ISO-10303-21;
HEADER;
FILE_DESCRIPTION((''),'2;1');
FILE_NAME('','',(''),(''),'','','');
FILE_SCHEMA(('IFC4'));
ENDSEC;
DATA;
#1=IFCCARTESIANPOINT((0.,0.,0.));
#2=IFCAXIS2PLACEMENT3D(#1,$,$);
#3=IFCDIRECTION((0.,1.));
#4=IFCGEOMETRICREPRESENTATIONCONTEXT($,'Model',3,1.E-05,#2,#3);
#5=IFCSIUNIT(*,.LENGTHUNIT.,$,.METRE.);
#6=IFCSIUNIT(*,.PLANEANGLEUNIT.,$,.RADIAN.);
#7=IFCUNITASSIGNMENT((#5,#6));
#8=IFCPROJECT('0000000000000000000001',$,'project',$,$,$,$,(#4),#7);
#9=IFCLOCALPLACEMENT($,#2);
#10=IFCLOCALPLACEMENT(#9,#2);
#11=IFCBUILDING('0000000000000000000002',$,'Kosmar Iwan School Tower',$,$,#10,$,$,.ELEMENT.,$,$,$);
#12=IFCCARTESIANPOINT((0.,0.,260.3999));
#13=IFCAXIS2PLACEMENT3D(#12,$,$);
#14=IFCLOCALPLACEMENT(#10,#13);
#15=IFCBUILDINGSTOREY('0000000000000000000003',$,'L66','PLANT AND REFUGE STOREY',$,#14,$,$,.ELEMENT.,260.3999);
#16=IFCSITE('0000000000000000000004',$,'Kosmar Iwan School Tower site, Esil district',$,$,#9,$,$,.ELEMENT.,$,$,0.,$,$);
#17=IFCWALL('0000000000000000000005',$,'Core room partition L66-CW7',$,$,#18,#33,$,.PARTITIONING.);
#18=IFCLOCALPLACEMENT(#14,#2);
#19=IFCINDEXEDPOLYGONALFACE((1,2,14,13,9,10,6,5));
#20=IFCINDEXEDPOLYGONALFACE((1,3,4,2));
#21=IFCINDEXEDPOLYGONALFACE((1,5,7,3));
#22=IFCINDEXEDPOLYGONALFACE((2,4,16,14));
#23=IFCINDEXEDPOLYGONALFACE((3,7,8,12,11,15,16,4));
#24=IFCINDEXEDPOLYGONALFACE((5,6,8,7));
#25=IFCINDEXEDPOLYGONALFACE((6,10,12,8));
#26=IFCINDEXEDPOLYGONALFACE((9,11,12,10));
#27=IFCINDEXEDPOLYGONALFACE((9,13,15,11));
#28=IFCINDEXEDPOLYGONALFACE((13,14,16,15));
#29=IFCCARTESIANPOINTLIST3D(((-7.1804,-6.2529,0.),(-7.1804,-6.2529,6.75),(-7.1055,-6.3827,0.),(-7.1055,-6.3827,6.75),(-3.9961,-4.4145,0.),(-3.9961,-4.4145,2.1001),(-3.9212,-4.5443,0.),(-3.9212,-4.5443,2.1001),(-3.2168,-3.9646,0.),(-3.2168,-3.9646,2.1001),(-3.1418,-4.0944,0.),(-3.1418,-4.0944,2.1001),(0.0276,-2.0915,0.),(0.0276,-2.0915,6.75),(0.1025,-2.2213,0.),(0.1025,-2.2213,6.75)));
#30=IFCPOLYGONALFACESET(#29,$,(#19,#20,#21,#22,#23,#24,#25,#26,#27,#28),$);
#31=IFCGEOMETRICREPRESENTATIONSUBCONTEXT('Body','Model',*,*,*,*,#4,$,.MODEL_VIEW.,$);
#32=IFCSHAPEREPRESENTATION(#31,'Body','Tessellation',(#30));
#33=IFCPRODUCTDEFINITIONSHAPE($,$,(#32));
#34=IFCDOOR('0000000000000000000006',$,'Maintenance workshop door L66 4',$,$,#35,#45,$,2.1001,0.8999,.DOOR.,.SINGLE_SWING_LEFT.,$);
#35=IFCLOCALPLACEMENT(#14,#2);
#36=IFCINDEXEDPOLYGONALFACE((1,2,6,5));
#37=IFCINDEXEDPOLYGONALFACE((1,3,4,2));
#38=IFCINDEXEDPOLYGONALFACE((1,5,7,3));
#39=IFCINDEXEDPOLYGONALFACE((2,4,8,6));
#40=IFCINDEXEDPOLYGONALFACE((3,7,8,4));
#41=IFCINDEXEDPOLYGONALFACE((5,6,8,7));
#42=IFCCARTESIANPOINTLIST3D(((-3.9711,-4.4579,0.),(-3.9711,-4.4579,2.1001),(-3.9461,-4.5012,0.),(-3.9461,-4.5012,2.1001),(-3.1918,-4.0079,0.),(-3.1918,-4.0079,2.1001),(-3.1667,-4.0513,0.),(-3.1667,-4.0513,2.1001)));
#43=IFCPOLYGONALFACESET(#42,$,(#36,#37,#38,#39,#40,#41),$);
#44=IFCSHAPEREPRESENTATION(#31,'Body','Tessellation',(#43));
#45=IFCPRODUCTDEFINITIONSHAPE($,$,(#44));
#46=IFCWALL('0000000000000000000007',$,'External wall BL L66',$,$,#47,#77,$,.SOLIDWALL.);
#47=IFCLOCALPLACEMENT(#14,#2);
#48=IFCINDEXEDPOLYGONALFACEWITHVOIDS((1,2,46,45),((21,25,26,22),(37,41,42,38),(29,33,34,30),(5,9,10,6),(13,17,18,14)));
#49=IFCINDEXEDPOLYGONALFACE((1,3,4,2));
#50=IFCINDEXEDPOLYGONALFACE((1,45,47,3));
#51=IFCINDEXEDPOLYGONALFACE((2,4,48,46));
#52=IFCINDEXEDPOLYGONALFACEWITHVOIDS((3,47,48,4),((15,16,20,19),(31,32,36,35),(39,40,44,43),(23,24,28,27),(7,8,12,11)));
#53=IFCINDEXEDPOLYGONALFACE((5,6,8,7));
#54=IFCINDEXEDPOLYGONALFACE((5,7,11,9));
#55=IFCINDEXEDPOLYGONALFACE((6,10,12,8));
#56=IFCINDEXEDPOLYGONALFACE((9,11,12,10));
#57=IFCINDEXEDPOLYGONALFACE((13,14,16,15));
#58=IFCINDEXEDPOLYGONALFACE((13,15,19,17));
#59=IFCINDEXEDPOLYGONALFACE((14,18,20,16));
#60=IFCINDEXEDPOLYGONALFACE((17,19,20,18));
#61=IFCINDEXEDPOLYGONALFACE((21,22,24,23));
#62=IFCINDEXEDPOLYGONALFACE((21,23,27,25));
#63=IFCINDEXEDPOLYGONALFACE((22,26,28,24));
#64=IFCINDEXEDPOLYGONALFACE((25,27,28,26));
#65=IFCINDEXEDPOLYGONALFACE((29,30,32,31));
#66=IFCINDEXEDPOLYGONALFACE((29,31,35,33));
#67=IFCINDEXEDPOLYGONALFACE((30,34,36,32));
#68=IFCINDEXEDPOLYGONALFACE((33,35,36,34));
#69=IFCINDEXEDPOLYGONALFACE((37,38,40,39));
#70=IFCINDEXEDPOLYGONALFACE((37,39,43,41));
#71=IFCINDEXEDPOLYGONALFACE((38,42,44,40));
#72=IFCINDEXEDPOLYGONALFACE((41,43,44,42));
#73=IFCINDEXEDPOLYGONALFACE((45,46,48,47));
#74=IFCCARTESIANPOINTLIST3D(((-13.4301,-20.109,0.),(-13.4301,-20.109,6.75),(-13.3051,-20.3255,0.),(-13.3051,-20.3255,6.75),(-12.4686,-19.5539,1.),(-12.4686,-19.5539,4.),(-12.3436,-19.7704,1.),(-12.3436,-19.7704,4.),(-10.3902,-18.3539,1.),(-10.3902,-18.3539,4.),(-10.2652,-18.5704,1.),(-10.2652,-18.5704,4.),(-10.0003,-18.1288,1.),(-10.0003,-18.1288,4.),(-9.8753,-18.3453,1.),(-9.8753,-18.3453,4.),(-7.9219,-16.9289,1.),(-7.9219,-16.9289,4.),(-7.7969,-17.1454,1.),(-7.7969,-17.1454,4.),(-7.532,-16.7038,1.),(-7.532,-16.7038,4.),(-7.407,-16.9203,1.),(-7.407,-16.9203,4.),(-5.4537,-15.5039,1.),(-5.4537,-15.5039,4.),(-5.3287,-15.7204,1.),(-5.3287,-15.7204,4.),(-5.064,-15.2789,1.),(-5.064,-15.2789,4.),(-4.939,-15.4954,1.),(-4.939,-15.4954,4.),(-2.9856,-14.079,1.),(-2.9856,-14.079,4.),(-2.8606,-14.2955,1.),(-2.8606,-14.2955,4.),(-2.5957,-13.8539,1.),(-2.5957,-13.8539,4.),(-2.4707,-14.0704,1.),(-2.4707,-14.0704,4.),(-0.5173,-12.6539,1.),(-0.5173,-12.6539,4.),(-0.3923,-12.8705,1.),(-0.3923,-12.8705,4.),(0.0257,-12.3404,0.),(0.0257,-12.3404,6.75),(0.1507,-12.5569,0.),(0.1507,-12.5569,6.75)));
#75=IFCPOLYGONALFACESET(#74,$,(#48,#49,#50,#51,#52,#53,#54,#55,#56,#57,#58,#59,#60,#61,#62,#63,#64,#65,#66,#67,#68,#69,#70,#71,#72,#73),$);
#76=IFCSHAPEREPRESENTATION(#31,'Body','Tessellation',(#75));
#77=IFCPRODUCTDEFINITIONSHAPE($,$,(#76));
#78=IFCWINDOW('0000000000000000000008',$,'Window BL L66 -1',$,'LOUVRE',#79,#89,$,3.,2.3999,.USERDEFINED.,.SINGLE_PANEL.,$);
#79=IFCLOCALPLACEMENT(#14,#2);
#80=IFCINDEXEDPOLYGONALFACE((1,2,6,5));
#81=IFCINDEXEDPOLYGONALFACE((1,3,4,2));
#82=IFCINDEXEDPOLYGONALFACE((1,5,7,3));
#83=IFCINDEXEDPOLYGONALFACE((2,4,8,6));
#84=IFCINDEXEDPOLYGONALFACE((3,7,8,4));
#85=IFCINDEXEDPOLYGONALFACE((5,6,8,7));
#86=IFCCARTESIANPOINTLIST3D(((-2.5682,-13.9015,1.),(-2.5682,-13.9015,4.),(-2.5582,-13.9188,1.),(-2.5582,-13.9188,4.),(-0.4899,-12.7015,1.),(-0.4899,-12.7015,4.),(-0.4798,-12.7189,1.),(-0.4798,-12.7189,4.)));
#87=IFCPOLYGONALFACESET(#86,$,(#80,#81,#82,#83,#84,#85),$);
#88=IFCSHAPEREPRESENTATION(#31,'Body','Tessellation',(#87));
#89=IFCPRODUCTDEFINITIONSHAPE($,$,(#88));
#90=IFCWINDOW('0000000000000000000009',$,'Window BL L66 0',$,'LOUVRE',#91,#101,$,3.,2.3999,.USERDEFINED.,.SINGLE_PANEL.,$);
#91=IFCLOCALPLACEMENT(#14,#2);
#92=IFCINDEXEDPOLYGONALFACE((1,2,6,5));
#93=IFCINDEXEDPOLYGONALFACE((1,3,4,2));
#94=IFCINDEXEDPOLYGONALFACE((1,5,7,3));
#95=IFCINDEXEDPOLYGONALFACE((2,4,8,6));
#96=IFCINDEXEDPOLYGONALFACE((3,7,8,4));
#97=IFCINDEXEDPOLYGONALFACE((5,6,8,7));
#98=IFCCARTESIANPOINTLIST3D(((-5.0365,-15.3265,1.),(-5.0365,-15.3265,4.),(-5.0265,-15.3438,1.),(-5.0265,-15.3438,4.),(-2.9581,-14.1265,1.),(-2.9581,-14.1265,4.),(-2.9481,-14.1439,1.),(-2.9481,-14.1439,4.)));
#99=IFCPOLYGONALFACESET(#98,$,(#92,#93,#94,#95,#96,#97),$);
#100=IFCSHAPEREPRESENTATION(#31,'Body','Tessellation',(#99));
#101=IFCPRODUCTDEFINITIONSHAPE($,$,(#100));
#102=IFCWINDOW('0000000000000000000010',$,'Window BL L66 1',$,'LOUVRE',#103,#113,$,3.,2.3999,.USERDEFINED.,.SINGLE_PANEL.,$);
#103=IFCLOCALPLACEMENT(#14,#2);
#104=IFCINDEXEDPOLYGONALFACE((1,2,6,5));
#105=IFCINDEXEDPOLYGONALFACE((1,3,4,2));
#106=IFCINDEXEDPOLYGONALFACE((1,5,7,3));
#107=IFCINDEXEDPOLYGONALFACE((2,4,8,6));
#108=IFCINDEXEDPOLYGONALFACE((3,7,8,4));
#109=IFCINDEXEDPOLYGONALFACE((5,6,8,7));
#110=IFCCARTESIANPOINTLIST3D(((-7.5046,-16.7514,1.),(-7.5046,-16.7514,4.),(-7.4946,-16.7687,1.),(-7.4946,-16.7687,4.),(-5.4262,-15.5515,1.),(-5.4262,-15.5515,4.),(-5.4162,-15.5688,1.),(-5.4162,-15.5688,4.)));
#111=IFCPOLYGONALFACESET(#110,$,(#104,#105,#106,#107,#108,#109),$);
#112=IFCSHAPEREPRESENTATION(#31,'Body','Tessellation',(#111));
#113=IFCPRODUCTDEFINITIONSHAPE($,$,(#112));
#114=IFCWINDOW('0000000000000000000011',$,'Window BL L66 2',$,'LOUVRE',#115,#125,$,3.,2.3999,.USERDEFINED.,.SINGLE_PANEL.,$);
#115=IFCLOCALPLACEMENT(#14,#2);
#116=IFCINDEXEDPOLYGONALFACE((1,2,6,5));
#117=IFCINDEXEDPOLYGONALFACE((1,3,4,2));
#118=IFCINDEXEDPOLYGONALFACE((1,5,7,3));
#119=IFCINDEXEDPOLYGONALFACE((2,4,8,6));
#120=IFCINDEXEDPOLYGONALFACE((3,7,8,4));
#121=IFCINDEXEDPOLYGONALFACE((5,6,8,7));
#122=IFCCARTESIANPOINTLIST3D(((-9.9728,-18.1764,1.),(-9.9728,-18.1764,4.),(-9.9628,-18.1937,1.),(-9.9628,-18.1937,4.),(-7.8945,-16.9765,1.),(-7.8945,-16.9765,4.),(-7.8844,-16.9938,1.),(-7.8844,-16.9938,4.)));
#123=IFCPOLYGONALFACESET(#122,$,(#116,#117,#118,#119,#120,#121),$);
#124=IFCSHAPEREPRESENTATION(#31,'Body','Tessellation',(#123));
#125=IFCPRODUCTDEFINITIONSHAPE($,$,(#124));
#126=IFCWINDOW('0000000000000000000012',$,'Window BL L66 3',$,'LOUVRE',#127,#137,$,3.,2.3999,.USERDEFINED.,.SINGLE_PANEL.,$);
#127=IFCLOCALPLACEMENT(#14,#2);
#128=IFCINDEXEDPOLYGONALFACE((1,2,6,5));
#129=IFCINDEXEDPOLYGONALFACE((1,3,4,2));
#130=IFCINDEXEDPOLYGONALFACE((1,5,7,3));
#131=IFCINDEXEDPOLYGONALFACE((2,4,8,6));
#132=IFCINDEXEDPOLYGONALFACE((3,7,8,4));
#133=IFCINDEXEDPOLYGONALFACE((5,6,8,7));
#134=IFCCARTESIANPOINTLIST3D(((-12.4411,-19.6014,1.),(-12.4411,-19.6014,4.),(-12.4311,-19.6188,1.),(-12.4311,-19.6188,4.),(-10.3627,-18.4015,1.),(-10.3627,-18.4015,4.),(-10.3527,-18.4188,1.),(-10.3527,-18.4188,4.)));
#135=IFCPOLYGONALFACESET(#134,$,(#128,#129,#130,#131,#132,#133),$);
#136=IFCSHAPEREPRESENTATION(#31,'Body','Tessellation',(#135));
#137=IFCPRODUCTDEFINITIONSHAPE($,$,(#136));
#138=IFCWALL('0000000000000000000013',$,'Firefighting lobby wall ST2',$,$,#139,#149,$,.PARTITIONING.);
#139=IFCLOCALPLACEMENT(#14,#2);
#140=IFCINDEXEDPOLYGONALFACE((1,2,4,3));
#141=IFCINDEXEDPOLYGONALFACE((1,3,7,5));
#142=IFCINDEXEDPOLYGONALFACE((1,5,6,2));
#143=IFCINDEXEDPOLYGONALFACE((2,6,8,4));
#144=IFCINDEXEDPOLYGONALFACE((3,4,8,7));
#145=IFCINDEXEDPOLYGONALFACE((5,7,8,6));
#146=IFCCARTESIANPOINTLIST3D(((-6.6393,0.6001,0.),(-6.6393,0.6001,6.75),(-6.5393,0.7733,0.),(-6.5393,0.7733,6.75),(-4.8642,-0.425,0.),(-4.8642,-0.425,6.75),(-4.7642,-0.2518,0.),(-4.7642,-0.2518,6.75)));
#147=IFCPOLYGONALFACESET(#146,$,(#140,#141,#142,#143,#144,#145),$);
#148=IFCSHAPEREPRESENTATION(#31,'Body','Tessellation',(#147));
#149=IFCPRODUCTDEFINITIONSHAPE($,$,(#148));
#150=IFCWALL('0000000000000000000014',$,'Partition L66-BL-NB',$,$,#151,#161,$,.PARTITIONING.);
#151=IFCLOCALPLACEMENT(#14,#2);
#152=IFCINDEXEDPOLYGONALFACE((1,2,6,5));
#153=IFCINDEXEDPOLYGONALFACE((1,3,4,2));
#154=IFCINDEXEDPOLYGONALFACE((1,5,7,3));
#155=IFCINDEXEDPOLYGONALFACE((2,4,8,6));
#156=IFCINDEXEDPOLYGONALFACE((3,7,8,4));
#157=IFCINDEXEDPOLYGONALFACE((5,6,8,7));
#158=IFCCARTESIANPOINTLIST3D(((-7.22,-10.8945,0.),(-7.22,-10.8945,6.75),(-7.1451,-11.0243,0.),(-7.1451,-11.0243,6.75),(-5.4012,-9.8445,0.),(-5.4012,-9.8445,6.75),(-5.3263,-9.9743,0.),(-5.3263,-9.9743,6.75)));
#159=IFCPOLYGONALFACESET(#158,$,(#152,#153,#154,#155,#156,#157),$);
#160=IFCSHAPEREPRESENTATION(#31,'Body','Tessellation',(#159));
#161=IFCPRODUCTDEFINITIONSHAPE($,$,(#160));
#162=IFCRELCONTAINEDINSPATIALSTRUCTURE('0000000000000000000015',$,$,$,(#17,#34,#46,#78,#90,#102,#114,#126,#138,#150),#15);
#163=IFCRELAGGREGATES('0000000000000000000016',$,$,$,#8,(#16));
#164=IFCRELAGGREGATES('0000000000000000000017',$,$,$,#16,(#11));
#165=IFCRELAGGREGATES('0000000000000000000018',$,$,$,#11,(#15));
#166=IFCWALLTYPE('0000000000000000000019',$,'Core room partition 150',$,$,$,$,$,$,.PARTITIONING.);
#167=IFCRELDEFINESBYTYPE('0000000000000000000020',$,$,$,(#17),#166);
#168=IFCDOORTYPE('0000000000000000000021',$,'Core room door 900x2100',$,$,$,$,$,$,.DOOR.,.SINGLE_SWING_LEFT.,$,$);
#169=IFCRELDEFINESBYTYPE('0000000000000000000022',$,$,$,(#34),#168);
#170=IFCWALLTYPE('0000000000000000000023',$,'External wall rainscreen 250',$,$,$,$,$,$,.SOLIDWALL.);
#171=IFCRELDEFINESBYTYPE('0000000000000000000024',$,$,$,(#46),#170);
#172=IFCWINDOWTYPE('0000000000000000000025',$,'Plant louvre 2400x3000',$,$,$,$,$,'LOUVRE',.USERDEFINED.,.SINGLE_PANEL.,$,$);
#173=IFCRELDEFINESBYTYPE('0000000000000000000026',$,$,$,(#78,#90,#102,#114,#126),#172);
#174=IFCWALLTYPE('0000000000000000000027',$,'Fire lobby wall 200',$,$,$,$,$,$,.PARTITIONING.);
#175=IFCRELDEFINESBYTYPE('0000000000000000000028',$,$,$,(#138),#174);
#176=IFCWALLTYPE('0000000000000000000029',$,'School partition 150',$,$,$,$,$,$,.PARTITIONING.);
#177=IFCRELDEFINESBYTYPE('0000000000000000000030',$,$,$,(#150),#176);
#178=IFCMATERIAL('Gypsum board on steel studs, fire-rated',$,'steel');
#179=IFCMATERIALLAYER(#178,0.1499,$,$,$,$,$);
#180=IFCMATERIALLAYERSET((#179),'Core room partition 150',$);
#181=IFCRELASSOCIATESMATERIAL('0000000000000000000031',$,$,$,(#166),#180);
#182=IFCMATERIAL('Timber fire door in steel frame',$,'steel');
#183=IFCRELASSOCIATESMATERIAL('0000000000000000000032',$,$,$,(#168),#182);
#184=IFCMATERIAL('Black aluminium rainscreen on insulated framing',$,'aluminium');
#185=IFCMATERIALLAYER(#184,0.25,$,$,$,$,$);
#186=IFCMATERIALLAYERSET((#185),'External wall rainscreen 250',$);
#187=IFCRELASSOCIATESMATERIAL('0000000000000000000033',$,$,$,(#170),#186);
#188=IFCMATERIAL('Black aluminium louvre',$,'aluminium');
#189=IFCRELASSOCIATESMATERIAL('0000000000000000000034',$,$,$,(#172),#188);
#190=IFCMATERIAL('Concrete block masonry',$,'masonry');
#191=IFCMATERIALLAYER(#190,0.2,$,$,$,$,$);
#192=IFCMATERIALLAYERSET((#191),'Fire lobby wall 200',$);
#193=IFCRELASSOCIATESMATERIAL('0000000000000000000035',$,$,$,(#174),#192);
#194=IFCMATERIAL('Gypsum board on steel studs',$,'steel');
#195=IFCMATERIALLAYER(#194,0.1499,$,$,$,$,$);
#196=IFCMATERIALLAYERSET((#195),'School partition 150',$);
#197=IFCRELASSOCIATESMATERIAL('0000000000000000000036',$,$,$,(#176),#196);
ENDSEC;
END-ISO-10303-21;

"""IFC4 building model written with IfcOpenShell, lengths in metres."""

from ifc_helpers import new_model, si_unit, direction, frame, frame_2d, origin, place, context, subcontext, project, spatial, rectangle, extrude, material, layer, layer_set, type_object, element, fill, save


model = new_model("IFC4")

# Units and contexts
model_context = context("Model", 3, precision=1e-05, world=origin(), true_north=direction((0.0, 1.0)))
body_context = subcontext(model_context, "Body", "Model", "MODEL_VIEW")
ifc_project = project(units=[si_unit("LENGTHUNIT", "METRE"), si_unit("PLANEANGLEUNIT", "RADIAN")], contexts=[model_context])

# Site, building, storey
site_placement = place(None, origin())
site = spatial("IfcSite", under=ifc_project, at=site_placement, Name="Kosmar Iwan School Tower site, Esil district", CompositionType="ELEMENT", RefElevation=0.0)
building_placement = place(site_placement, origin())
building = spatial("IfcBuilding", under=site, at=building_placement, Name="Kosmar Iwan School Tower", CompositionType="ELEMENT")
storey_placement = place(building_placement, frame((0.0, 0.0, 260.3999)))
storey = spatial("IfcBuildingStorey", under=building, at=storey_placement, Name="L66", Description="PLANT AND REFUGE STOREY", CompositionType="ELEMENT", Elevation=260.3999)

# Shared definitions
ifc_material_1 = material(Name="Gypsum board on steel studs, fire-rated", Category="steel")
ifc_layer_1 = layer(ifc_material_1, 0.1499)
ifc_layer_set_1 = layer_set([ifc_layer_1], Name="Core room partition 150")
wall_type_1 = type_object("IfcWallType", Name="Core room partition 150", PredefinedType="PARTITIONING", material=ifc_layer_set_1)

# Wall, opening, door
ifc_material_2 = material(Name="Timber fire door in steel frame", Category="steel")
door_type = type_object("IfcDoorType", Name="Core room door 900x2100", OperationType="SINGLE_SWING_LEFT", PredefinedType="DOOR", material=ifc_material_2)
wall_1_placement = place(storey_placement, frame((-7.1431, -6.3179, 0.0), z_axis=(0.0, 0.0, 1.0), x_axis=(0.866034, 0.499985, 0.0)))
wall_1 = element("IfcWall", 1, at=wall_1_placement, inside=storey, type_object=wall_type_1, Name="Core room partition L66-CW7", PredefinedType="PARTITIONING", context=body_context, shape_type="SweptSolid", body=[
    extrude(rectangle(XDim=8.323, YDim=0.1499, at=frame_2d((4.1616, 0.0))), origin(), (0.0, 0.0, 1.0), 6.75),
])
opening_1_placement = place(wall_1_placement, frame((3.677, 0.0, 0.0)))
opening_1 = element("IfcOpeningElement", 2, at=opening_1_placement, cuts=wall_1, PredefinedType="OPENING", context=body_context, shape_type="SweptSolid", body=[
    extrude(rectangle(XDim=0.8999, YDim=2.1001, at=frame_2d((0.45, 1.05))), frame((0.0, 0.0869, 0.0), z_axis=(0.0, -1.0, 0.0), x_axis=(1.0, 0.0, 0.0)), (0.0, 0.0, 1.0), 0.1738),
])
door_1_placement = place(opening_1_placement, origin())
door_1 = element("IfcDoor", 3, at=door_1_placement, inside=storey, type_object=door_type, Name="Maintenance workshop door L66 4", OperationType="SINGLE_SWING_LEFT", OverallHeight=2.1001, OverallWidth=0.8999, PredefinedType="DOOR", context=body_context, shape_type="SweptSolid", body=[
    extrude(rectangle(XDim=0.8999, YDim=2.1001, at=frame_2d((0.45, 1.05))), frame((0.0, 0.0249, 0.0), z_axis=(0.0, -1.0, 0.0), x_axis=(1.0, 0.0, 0.0)), (0.0, 0.0, 1.0), 0.05),
])
fill(opening_1, door_1)

# Wall, openings, windows
ifc_material_3 = material(Name="Black aluminium rainscreen on insulated framing", Category="aluminium")
ifc_layer_2 = layer(ifc_material_3, 0.25)
ifc_layer_set_2 = layer_set([ifc_layer_2], Name="External wall rainscreen 250")
wall_type_2 = type_object("IfcWallType", Name="External wall rainscreen 250", PredefinedType="SOLIDWALL", material=ifc_layer_set_2)
wall_2_placement = place(storey_placement, frame((0.0881, -12.4487, 0.0), z_axis=(0.0, 0.0, 1.0), x_axis=(-0.86603, -0.499992, 0.0)))
wall_2 = element("IfcWall", 4, at=wall_2_placement, inside=storey, type_object=wall_type_2, Name="External wall BL L66", PredefinedType="SOLIDWALL", context=body_context, shape_type="SweptSolid", body=[
    extrude(rectangle(XDim=15.5374, YDim=0.25, at=frame_2d((7.7686, 0.0))), origin(), (0.0, 0.0, 1.0), 6.75),
])
opening_2_placement = place(wall_2_placement, frame((0.627, 0.0, 1.0)))
opening_2 = element("IfcOpeningElement", 5, at=opening_2_placement, cuts=wall_2, PredefinedType="OPENING", context=body_context, shape_type="SweptSolid", body=[
    extrude(rectangle(XDim=2.3999, YDim=3.0, at=frame_2d((1.2, 1.5))), frame((0.0, 0.137, 0.0), z_axis=(0.0, -1.0, 0.0), x_axis=(1.0, 0.0, 0.0)), (0.0, 0.0, 1.0), 0.2739),
])
opening_3_placement = place(wall_2_placement, frame((3.4771, 0.0, 1.0)))
opening_3 = element("IfcOpeningElement", 6, at=opening_3_placement, cuts=wall_2, PredefinedType="OPENING", context=body_context, shape_type="SweptSolid", body=[
    extrude(rectangle(XDim=2.3999, YDim=3.0, at=frame_2d((1.2, 1.5))), frame((0.0, 0.137, 0.0), z_axis=(0.0, -1.0, 0.0), x_axis=(1.0, 0.0, 0.0)), (0.0, 0.0, 1.0), 0.2739),
])
opening_4_placement = place(wall_2_placement, frame((6.3269, 0.0, 1.0)))
opening_4 = element("IfcOpeningElement", 7, at=opening_4_placement, cuts=wall_2, PredefinedType="OPENING", context=body_context, shape_type="SweptSolid", body=[
    extrude(rectangle(XDim=2.3999, YDim=3.0, at=frame_2d((1.2, 1.5))), frame((0.0, 0.137, 0.0), z_axis=(0.0, -1.0, 0.0), x_axis=(1.0, 0.0, 0.0)), (0.0, 0.0, 1.0), 0.2739),
])
opening_5_placement = place(wall_2_placement, frame((9.177, 0.0, 1.0)))
opening_5 = element("IfcOpeningElement", 8, at=opening_5_placement, cuts=wall_2, PredefinedType="OPENING", context=body_context, shape_type="SweptSolid", body=[
    extrude(rectangle(XDim=2.3999, YDim=3.0, at=frame_2d((1.2, 1.5))), frame((0.0, 0.137, 0.0), z_axis=(0.0, -1.0, 0.0), x_axis=(1.0, 0.0, 0.0)), (0.0, 0.0, 1.0), 0.2739),
])
opening_6_placement = place(wall_2_placement, frame((12.0271, 0.0, 1.0)))
opening_6 = element("IfcOpeningElement", 9, at=opening_6_placement, cuts=wall_2, PredefinedType="OPENING", context=body_context, shape_type="SweptSolid", body=[
    extrude(rectangle(XDim=2.3999, YDim=3.0, at=frame_2d((1.2, 1.5))), frame((0.0, 0.137, 0.0), z_axis=(0.0, -1.0, 0.0), x_axis=(1.0, 0.0, 0.0)), (0.0, 0.0, 1.0), 0.2739),
])
ifc_material_4 = material(Name="Black aluminium louvre", Category="aluminium")
window_type = type_object("IfcWindowType", Name="Plant louvre 2400x3000", ElementType="LOUVRE", PartitioningType="SINGLE_PANEL", PredefinedType="USERDEFINED", material=ifc_material_4)
window_1_placement = place(opening_2_placement, origin())
window_1 = element("IfcWindow", 10, at=window_1_placement, inside=storey, type_object=window_type, Name="Window BL L66 -1", ObjectType="LOUVRE", OverallHeight=3.0, OverallWidth=2.3999, PartitioningType="SINGLE_PANEL", PredefinedType="USERDEFINED", context=body_context, shape_type="SweptSolid", body=[
    extrude(rectangle(XDim=2.3999, YDim=3.0, at=frame_2d((1.2, 1.5))), frame((0.0, -0.05, 0.0), z_axis=(0.0, -1.0, 0.0), x_axis=(1.0, 0.0, 0.0)), (0.0, 0.0, 1.0), 0.02),
])
fill(opening_2, window_1)
window_2_placement = place(opening_3_placement, origin())
window_2 = element("IfcWindow", 11, at=window_2_placement, inside=storey, type_object=window_type, Name="Window BL L66 0", ObjectType="LOUVRE", OverallHeight=3.0, OverallWidth=2.3999, PartitioningType="SINGLE_PANEL", PredefinedType="USERDEFINED", context=body_context, shape_type="SweptSolid", body=[
    extrude(rectangle(XDim=2.3999, YDim=3.0, at=frame_2d((1.2, 1.5))), frame((0.0, -0.05, 0.0), z_axis=(0.0, -1.0, 0.0), x_axis=(1.0, 0.0, 0.0)), (0.0, 0.0, 1.0), 0.02),
])
fill(opening_3, window_2)
window_3_placement = place(opening_4_placement, origin())
window_3 = element("IfcWindow", 12, at=window_3_placement, inside=storey, type_object=window_type, Name="Window BL L66 1", ObjectType="LOUVRE", OverallHeight=3.0, OverallWidth=2.3999, PartitioningType="SINGLE_PANEL", PredefinedType="USERDEFINED", context=body_context, shape_type="SweptSolid", body=[
    extrude(rectangle(XDim=2.3999, YDim=3.0, at=frame_2d((1.2, 1.5))), frame((0.0, -0.05, 0.0), z_axis=(0.0, -1.0, 0.0), x_axis=(1.0, 0.0, 0.0)), (0.0, 0.0, 1.0), 0.02),
])
fill(opening_4, window_3)
window_4_placement = place(opening_5_placement, origin())
window_4 = element("IfcWindow", 13, at=window_4_placement, inside=storey, type_object=window_type, Name="Window BL L66 2", ObjectType="LOUVRE", OverallHeight=3.0, OverallWidth=2.3999, PartitioningType="SINGLE_PANEL", PredefinedType="USERDEFINED", context=body_context, shape_type="SweptSolid", body=[
    extrude(rectangle(XDim=2.3999, YDim=3.0, at=frame_2d((1.2, 1.5))), frame((0.0, -0.05, 0.0), z_axis=(0.0, -1.0, 0.0), x_axis=(1.0, 0.0, 0.0)), (0.0, 0.0, 1.0), 0.02),
])
fill(opening_5, window_4)
window_5_placement = place(opening_6_placement, origin())
window_5 = element("IfcWindow", 14, at=window_5_placement, inside=storey, type_object=window_type, Name="Window BL L66 3", ObjectType="LOUVRE", OverallHeight=3.0, OverallWidth=2.3999, PartitioningType="SINGLE_PANEL", PredefinedType="USERDEFINED", context=body_context, shape_type="SweptSolid", body=[
    extrude(rectangle(XDim=2.3999, YDim=3.0, at=frame_2d((1.2, 1.5))), frame((0.0, -0.05, 0.0), z_axis=(0.0, -1.0, 0.0), x_axis=(1.0, 0.0, 0.0)), (0.0, 0.0, 1.0), 0.02),
])
fill(opening_6, window_5)

# Walls
ifc_material_5 = material(Name="Concrete block masonry", Category="masonry")
ifc_layer_3 = layer(ifc_material_5, 0.2)
ifc_layer_set_3 = layer_set([ifc_layer_3], Name="Fire lobby wall 200")
wall_type_3 = type_object("IfcWallType", Name="Fire lobby wall 200", PredefinedType="PARTITIONING", material=ifc_layer_set_3)
wall_3_placement = place(storey_placement, frame((-4.8142, -0.3384, 0.0), z_axis=(0.0, 0.0, 1.0), x_axis=(-0.865969, 0.500097, 0.0)))
element("IfcWall", 15, at=wall_3_placement, inside=storey, type_object=wall_type_3, Name="Firefighting lobby wall ST2", PredefinedType="PARTITIONING", context=body_context, shape_type="SweptSolid", body=[
    extrude(rectangle(XDim=2.0498, YDim=0.2, at=frame_2d((1.0249, 0.0))), origin(), (0.0, 0.0, 1.0), 6.75),
])
ifc_material_6 = material(Name="Gypsum board on steel studs", Category="steel")
ifc_layer_4 = layer(ifc_material_6, 0.1499)
ifc_layer_set_4 = layer_set([ifc_layer_4], Name="School partition 150")
wall_type_4 = type_object("IfcWallType", Name="School partition 150", PredefinedType="PARTITIONING", material=ifc_layer_set_4)
wall_4_placement = place(storey_placement, frame((-5.3638, -9.9094, 0.0), z_axis=(0.0, 0.0, 1.0), x_axis=(-0.866038, -0.499977, 0.0)))
element("IfcWall", 16, at=wall_4_placement, inside=storey, type_object=wall_type_4, Name="Partition L66-BL-NB", PredefinedType="PARTITIONING", context=body_context, shape_type="SweptSolid", body=[
    extrude(rectangle(XDim=2.1001, YDim=0.1499, at=frame_2d((1.05, 0.0))), origin(), (0.0, 0.0, 1.0), 6.75),
])

save(model, "model.ifc")
